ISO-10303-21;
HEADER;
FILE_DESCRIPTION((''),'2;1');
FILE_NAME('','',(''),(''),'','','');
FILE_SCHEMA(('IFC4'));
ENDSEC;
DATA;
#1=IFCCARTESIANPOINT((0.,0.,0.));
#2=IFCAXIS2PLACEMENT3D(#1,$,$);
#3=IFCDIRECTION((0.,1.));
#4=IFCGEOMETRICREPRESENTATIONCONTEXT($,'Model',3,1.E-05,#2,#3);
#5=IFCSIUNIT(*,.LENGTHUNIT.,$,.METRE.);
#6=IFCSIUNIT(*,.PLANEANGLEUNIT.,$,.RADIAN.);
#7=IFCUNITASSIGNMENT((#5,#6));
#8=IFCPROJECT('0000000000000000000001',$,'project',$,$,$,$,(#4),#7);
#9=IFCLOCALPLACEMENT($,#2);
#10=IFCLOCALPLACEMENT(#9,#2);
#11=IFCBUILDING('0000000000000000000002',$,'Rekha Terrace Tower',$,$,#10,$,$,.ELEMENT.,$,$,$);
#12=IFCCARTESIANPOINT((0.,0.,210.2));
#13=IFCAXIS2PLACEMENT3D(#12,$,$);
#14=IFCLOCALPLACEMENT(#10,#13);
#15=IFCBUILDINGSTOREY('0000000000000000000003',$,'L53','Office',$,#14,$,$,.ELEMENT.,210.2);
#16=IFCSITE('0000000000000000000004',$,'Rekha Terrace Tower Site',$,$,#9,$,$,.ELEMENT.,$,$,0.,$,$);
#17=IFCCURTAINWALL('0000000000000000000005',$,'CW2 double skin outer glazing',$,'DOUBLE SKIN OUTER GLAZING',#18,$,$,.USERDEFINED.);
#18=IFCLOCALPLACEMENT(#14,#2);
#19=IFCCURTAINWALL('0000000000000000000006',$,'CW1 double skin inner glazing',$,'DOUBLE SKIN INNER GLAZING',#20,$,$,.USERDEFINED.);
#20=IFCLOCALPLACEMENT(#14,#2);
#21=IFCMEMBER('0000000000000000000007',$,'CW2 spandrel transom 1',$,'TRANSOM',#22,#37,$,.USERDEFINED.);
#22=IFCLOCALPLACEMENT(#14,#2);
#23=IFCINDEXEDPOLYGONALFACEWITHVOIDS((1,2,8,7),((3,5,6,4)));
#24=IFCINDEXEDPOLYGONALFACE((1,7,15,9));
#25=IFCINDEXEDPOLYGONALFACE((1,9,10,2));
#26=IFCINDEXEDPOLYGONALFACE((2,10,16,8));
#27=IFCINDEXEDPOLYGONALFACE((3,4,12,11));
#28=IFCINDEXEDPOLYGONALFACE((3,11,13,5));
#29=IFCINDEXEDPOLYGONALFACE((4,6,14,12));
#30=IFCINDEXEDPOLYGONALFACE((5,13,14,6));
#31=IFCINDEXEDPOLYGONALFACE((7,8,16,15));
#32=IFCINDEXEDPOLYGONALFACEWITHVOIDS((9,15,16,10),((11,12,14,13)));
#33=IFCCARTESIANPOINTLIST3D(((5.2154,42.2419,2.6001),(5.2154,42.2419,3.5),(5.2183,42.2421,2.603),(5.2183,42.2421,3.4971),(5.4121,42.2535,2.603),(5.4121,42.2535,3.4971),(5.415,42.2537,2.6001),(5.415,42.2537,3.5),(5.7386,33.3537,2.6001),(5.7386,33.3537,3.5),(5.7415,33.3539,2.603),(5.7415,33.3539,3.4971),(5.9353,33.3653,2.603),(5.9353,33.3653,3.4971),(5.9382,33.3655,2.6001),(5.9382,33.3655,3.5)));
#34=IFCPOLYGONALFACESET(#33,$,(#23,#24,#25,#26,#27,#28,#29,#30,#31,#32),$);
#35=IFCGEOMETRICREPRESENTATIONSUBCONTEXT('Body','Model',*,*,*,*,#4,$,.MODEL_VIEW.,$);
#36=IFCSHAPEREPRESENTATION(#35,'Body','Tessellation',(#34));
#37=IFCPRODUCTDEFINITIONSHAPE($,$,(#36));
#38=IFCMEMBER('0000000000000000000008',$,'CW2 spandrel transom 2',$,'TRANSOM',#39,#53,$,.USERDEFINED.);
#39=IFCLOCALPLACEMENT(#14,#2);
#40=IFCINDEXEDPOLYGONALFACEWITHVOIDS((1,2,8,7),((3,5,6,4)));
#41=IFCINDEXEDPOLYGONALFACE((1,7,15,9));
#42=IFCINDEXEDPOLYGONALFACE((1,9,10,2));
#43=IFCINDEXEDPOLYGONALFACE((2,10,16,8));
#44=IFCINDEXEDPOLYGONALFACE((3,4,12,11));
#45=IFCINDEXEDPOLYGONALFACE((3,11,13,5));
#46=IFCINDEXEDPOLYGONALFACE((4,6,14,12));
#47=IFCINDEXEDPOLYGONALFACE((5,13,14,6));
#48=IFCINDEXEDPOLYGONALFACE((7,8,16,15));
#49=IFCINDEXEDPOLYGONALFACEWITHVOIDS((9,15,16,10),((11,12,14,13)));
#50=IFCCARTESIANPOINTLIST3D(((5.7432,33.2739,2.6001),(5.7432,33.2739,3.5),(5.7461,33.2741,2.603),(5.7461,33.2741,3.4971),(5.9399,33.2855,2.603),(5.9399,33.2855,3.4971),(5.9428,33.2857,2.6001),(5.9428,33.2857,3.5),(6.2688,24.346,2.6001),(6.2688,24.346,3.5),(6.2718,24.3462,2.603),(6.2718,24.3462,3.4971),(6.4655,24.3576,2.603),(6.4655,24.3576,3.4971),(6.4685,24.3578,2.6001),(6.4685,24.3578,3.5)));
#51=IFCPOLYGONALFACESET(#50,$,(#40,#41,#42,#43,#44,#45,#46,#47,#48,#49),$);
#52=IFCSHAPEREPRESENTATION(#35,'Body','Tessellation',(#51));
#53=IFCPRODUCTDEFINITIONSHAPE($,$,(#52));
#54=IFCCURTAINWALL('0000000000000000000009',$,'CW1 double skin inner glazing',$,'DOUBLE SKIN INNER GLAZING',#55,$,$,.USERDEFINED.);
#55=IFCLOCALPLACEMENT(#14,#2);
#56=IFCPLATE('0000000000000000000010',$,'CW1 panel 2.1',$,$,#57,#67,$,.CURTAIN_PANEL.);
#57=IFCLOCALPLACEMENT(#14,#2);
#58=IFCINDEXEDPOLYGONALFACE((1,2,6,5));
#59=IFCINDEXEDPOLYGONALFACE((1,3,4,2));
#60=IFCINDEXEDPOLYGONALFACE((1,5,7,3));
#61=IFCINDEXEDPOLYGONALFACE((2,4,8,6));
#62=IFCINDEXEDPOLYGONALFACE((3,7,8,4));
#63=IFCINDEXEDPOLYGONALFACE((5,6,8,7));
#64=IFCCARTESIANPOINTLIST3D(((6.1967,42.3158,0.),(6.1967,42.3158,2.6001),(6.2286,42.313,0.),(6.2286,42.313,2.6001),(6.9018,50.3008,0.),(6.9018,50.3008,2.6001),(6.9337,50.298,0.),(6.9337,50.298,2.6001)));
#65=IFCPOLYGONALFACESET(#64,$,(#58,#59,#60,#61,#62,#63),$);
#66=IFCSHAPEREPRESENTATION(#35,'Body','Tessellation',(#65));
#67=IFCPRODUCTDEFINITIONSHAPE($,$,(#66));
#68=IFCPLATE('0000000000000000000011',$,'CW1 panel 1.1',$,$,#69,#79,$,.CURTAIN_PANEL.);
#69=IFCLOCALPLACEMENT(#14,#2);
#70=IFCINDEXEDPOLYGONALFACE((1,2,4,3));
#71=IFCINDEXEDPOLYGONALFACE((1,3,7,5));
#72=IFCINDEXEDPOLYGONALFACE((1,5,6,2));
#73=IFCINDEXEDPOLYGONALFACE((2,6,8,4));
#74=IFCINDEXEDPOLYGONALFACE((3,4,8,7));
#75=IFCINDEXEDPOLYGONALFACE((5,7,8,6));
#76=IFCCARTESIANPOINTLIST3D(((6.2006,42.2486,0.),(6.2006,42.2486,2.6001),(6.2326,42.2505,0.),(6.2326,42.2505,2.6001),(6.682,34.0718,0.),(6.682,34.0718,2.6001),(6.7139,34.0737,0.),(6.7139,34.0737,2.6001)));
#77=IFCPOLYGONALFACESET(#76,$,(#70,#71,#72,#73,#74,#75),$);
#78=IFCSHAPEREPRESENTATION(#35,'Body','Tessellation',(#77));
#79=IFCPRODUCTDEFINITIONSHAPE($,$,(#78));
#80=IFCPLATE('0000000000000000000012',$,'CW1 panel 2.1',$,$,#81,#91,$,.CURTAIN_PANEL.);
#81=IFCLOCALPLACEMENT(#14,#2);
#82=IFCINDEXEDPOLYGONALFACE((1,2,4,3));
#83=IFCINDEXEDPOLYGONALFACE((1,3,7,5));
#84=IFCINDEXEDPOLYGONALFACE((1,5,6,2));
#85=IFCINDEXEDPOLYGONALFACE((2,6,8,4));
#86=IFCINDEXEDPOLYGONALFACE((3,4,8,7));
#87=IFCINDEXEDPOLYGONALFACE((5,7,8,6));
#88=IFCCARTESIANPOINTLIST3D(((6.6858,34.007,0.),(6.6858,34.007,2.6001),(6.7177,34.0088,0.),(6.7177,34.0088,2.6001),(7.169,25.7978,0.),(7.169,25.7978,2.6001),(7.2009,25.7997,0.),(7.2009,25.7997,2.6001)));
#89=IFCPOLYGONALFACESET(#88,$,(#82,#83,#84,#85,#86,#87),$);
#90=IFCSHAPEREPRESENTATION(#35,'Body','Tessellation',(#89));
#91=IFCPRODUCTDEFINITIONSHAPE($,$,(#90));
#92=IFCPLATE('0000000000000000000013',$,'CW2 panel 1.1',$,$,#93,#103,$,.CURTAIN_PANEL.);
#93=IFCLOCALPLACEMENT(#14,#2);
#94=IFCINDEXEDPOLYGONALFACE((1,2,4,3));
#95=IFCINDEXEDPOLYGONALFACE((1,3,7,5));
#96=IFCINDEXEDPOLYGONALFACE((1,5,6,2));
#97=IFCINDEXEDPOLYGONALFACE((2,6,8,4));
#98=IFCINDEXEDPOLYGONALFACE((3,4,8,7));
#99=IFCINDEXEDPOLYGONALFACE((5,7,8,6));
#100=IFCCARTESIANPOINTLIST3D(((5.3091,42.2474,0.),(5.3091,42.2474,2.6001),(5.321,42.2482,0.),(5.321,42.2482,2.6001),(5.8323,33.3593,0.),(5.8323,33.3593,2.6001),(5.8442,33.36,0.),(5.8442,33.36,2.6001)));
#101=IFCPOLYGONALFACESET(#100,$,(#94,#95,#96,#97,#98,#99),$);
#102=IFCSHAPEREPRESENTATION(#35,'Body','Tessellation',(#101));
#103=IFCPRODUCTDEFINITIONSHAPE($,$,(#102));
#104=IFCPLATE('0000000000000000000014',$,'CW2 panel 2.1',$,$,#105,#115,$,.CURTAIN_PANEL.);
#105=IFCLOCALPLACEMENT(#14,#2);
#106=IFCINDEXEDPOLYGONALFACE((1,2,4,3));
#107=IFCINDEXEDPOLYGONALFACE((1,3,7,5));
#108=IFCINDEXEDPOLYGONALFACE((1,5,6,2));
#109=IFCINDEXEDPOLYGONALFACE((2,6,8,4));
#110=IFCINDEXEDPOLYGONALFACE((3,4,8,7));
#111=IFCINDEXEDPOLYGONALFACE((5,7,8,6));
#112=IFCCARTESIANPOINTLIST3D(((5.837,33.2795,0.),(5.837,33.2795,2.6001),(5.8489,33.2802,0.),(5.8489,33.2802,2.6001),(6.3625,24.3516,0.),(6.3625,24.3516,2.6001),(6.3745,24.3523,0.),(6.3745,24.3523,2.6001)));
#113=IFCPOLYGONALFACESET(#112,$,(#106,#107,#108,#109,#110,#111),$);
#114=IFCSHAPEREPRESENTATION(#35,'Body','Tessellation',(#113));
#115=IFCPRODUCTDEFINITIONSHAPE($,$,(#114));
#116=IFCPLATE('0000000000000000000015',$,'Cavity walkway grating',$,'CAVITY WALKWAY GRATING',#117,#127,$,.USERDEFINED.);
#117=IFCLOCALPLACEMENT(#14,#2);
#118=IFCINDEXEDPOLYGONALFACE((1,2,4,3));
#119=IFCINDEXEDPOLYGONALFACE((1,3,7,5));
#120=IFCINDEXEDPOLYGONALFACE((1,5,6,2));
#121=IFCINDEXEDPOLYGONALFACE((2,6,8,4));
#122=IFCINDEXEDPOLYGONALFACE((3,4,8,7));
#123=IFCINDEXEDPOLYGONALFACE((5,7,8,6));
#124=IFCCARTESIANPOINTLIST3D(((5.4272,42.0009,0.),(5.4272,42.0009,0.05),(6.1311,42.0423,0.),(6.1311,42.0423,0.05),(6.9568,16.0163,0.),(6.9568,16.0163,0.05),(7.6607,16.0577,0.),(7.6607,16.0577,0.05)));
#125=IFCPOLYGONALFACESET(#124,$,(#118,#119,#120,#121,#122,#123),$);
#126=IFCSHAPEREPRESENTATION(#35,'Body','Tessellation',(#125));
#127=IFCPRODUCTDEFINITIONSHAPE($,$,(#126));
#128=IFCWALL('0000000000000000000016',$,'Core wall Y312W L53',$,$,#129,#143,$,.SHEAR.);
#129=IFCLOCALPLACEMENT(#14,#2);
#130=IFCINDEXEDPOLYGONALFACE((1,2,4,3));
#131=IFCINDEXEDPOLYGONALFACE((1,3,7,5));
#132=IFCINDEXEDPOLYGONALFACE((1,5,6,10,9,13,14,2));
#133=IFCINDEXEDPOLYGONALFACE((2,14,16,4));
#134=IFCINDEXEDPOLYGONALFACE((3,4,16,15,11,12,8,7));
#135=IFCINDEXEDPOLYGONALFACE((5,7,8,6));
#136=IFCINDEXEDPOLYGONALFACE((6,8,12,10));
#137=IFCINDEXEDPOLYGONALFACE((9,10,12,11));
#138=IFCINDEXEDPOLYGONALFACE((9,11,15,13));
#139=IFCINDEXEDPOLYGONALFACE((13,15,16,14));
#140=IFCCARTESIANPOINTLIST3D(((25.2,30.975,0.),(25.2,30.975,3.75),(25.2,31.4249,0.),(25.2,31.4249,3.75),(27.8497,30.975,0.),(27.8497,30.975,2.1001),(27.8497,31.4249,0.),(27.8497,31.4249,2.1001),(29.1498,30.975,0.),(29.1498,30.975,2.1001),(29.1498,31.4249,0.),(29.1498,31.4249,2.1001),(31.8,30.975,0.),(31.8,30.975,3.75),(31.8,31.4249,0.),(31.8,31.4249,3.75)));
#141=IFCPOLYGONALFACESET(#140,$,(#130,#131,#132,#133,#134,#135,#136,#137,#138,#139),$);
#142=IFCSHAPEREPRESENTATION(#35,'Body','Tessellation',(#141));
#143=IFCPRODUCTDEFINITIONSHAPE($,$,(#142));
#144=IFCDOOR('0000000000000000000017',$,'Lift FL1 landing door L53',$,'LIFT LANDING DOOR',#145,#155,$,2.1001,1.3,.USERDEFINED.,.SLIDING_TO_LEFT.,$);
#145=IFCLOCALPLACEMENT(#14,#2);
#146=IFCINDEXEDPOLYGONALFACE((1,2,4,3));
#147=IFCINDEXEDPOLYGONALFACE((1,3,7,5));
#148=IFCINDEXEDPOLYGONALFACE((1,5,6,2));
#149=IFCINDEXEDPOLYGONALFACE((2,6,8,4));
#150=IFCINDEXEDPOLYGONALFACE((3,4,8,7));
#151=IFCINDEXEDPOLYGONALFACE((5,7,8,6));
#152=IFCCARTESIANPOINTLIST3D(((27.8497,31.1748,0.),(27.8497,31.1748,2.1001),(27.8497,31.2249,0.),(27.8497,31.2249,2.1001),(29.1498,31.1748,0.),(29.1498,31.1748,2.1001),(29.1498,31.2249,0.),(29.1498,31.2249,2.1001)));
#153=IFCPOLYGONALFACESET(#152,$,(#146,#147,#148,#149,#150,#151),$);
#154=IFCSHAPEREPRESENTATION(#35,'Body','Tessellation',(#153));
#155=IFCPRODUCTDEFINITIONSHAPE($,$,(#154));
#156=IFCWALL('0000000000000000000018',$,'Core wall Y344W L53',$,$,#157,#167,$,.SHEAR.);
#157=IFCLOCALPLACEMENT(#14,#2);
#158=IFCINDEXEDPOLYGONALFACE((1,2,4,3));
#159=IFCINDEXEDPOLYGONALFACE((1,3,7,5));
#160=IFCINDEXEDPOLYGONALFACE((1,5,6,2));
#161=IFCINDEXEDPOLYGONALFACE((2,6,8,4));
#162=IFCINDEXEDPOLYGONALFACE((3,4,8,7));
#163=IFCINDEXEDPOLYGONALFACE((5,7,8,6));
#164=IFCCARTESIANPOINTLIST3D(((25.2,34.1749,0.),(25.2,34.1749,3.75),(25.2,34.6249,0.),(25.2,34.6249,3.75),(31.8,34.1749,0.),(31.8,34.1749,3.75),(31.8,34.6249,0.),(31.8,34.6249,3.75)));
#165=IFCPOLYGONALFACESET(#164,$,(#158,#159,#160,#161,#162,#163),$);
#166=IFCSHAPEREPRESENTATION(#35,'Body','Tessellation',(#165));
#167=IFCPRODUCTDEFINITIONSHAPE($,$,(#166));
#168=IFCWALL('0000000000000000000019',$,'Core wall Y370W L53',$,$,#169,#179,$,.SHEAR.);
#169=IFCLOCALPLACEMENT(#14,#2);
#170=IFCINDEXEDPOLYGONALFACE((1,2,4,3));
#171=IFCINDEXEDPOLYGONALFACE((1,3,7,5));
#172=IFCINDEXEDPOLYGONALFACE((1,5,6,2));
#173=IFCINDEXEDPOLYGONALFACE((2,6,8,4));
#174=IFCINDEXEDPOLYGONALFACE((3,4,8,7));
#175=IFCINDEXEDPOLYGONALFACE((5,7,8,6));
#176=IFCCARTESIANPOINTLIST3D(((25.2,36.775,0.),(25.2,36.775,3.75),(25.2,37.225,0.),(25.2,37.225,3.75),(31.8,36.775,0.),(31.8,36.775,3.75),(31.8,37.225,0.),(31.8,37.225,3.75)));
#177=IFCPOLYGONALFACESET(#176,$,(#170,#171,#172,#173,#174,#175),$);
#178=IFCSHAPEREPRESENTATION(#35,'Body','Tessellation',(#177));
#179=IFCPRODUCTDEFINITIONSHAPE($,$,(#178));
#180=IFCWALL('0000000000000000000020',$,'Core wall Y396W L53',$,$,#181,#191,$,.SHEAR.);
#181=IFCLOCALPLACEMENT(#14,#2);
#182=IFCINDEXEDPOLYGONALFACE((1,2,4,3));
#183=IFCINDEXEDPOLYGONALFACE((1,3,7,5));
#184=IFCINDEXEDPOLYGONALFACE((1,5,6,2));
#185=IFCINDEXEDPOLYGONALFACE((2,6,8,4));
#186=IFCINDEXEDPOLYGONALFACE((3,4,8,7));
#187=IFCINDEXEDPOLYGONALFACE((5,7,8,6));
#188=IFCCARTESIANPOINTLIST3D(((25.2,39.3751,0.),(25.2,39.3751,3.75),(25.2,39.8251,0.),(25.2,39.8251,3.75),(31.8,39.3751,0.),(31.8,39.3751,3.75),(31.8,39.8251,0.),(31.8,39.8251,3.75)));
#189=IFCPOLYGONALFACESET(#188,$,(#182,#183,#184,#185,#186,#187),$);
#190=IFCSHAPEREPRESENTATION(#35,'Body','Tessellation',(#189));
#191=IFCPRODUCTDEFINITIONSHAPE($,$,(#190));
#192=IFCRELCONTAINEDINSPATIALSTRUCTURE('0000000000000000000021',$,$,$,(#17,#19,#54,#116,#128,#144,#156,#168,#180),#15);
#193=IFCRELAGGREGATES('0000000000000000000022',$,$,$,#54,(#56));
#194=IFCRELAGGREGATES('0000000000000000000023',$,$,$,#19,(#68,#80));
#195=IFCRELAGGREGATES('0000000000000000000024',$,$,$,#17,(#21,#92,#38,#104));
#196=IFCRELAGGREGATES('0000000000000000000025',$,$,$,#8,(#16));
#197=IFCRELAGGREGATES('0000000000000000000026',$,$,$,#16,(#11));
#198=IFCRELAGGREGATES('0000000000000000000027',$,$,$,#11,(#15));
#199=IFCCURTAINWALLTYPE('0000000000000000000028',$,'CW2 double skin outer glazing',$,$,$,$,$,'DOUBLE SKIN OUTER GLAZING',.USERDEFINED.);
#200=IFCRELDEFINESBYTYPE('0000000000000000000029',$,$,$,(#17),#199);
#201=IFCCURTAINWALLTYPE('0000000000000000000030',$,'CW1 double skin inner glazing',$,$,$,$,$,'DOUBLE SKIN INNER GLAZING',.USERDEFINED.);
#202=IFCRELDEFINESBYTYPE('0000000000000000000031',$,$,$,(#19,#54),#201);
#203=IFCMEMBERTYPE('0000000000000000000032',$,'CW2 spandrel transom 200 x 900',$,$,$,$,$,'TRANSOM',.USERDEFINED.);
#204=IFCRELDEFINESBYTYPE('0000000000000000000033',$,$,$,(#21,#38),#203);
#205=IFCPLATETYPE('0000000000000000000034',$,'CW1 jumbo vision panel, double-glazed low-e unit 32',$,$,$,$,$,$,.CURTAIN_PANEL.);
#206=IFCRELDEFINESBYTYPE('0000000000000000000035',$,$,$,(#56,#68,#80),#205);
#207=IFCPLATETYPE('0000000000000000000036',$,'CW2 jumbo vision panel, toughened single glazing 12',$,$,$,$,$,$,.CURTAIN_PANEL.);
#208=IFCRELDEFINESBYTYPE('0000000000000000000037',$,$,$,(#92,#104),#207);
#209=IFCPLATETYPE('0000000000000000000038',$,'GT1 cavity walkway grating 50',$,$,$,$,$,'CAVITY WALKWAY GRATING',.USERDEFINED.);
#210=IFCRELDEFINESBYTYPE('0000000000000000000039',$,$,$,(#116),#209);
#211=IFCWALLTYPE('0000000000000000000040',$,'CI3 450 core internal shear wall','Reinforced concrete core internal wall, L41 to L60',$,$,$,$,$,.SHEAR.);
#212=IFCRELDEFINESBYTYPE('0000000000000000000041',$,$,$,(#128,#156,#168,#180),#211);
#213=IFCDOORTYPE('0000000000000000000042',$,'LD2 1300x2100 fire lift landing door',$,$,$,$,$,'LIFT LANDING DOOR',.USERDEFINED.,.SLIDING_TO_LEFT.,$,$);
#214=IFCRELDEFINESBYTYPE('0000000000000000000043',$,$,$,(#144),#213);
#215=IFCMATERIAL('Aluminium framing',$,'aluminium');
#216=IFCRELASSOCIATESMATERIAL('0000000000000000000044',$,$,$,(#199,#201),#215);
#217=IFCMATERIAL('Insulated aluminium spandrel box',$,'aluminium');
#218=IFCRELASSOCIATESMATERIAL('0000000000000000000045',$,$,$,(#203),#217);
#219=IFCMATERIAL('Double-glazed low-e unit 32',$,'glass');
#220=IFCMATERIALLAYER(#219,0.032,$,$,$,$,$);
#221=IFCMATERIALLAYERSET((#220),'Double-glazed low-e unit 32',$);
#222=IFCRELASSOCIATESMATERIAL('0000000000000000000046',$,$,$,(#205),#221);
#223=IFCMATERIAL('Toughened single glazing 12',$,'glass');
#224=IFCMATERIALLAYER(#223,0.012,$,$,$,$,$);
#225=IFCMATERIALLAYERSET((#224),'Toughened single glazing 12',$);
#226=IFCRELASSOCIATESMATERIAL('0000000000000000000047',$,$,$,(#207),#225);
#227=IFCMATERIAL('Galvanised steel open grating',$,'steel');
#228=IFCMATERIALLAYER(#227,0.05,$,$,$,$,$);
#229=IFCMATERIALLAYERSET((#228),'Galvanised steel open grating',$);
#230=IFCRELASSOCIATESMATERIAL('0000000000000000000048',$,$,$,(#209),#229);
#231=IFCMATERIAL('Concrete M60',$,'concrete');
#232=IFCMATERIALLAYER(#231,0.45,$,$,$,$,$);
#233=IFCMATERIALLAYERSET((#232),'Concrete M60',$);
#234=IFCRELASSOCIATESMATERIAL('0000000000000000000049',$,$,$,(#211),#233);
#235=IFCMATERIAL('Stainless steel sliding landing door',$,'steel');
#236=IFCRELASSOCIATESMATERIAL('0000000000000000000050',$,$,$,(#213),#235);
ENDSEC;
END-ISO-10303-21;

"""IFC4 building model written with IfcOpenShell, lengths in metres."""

from ifc_helpers import new_model, si_unit, direction, frame, frame_2d, origin, origin_2d, place, context, subcontext, project, spatial, rectangle, hollow_rectangle, extrude, material, layer, layer_set, material_profile, profile_set, type_object, element, fill, aggregate, save


model = new_model("IFC4")

# Units and contexts
model_context = context("Model", 3, precision=1e-05, world=origin(), true_north=direction((0.0, 1.0)))
body_context = subcontext(model_context, "Body", "Model", "MODEL_VIEW")
ifc_project = project(units=[si_unit("LENGTHUNIT", "METRE"), si_unit("PLANEANGLEUNIT", "RADIAN")], contexts=[model_context])

# Site, building, storey
site_placement = place(None, origin())
site = spatial("IfcSite", under=ifc_project, at=site_placement, Name="Rekha Terrace Tower Site", CompositionType="ELEMENT", RefElevation=0.0)
building_placement = place(site_placement, origin())
building = spatial("IfcBuilding", under=site, at=building_placement, Name="Rekha Terrace Tower", CompositionType="ELEMENT")
storey_placement = place(building_placement, frame((0.0, 0.0, 210.2)))
storey = spatial("IfcBuildingStorey", under=building, at=storey_placement, Name="L53", Description="Office", CompositionType="ELEMENT", Elevation=210.2)

# Curtain wall
ifc_material_1 = material(Name="Aluminium framing", Category="aluminium")
curtain_wall_type_1 = type_object("IfcCurtainWallType", Name="CW2 double skin outer glazing", ElementType="DOUBLE SKIN OUTER GLAZING", PredefinedType="USERDEFINED", material=ifc_material_1)
curtain_wall_1_placement = place(storey_placement, origin())
curtain_wall_1 = element("IfcCurtainWall", 1, at=curtain_wall_1_placement, inside=storey, type_object=curtain_wall_type_1, Name="CW2 double skin outer glazing", ObjectType="DOUBLE SKIN OUTER GLAZING", PredefinedType="USERDEFINED")

# Curtain wall
curtain_wall_type_2 = type_object("IfcCurtainWallType", Name="CW1 double skin inner glazing", ElementType="DOUBLE SKIN INNER GLAZING", PredefinedType="USERDEFINED", material=ifc_material_1)
curtain_wall_2_placement = place(storey_placement, origin())
curtain_wall_2 = element("IfcCurtainWall", 2, at=curtain_wall_2_placement, inside=storey, type_object=curtain_wall_type_2, Name="CW1 double skin inner glazing", ObjectType="DOUBLE SKIN INNER GLAZING", PredefinedType="USERDEFINED")
ifc_material_2 = material(Name="Insulated aluminium spandrel box", Category="aluminium")

# Members
ifc_material_profile_1 = material_profile(ifc_material_2, hollow_rectangle(XDim=0.2, YDim=0.8999, WallThickness=0.0029, at=origin_2d()), Name="AL SPANDREL BOX 200x900")
ifc_profile_set_1 = profile_set([ifc_material_profile_1], Name="Insulated aluminium spandrel box")
member_type_1 = type_object("IfcMemberType", Name="CW2 spandrel transom 200 x 900", ElementType="TRANSOM", PredefinedType="USERDEFINED", material=ifc_profile_set_1)
member_1_placement = place(storey_placement, frame((5.3152, 42.2478, 3.05), z_axis=(0.058762, -0.998272, 0.0), x_axis=(0.998272, 0.058762, 0.0)))
member_1 = element("IfcMember", 3, at=member_1_placement, type_object=member_type_1, Name="CW2 spandrel transom 1", ObjectType="TRANSOM", PredefinedType="USERDEFINED", context=body_context, shape_type="SweptSolid", body=[
    extrude(hollow_rectangle(XDim=0.2, YDim=0.8999, WallThickness=0.0029, at=origin_2d()), origin(), (0.0, 0.0, 1.0), 8.9036),
])
member_2_placement = place(storey_placement, frame((5.843, 33.2798, 3.05), z_axis=(0.058773, -0.998271, 0.0), x_axis=(0.998271, 0.058773, 0.0)))
member_2 = element("IfcMember", 4, at=member_2_placement, type_object=member_type_1, Name="CW2 spandrel transom 2", ObjectType="TRANSOM", PredefinedType="USERDEFINED", context=body_context, shape_type="SweptSolid", body=[
    extrude(hollow_rectangle(XDim=0.2, YDim=0.8999, WallThickness=0.0029, at=origin_2d()), origin(), (0.0, 0.0, 1.0), 8.9434),
])

# Curtain wall, plate
curtain_wall_3_placement = place(storey_placement, origin())
curtain_wall_3 = element("IfcCurtainWall", 5, at=curtain_wall_3_placement, inside=storey, type_object=curtain_wall_type_2, Name="CW1 double skin inner glazing", ObjectType="DOUBLE SKIN INNER GLAZING", PredefinedType="USERDEFINED")
ifc_material_3 = material(Name="Double-glazed low-e unit 32", Category="glass")
ifc_layer_1 = layer(ifc_material_3, 0.032)
ifc_layer_set_1 = layer_set([ifc_layer_1], Name="Double-glazed low-e unit 32")
plate_type_1 = type_object("IfcPlateType", Name="CW1 jumbo vision panel, double-glazed low-e unit 32", PredefinedType="CURTAIN_PANEL", material=ifc_layer_set_1)
plate_1_placement = place(storey_placement, frame((6.5652, 46.3069, 0.0), z_axis=(0.0, 0.0, 1.0), x_axis=(-0.087958, -0.996124, 0.0)))
plate_1 = element("IfcPlate", 6, at=plate_1_placement, type_object=plate_type_1, Name="CW1 panel 2.1", PredefinedType="CURTAIN_PANEL", context=body_context, shape_type="SweptSolid", body=[
    extrude(rectangle(XDim=8.0161, YDim=0.032, at=origin_2d()), origin(), (0.0, 0.0, 1.0), 2.6001),
])
aggregate(curtain_wall_3, [plate_1])

# Plates
plate_2_placement = place(storey_placement, frame((6.4573, 38.1611, 0.0), z_axis=(0.0, 0.0, 1.0), x_axis=(0.058765, -0.998272, 0.0)))
plate_2 = element("IfcPlate", 7, at=plate_2_placement, type_object=plate_type_1, Name="CW1 panel 1.1", PredefinedType="CURTAIN_PANEL", context=body_context, shape_type="SweptSolid", body=[
    extrude(rectangle(XDim=8.1909, YDim=0.032, at=origin_2d()), origin(), (0.0, 0.0, 1.0), 2.6001),
])
plate_3_placement = place(storey_placement, frame((6.9434, 29.9033, 0.0), z_axis=(0.0, 0.0, 1.0), x_axis=(0.058765, -0.998272, 0.0)))
plate_3 = element("IfcPlate", 8, at=plate_3_placement, type_object=plate_type_1, Name="CW1 panel 2.1", PredefinedType="CURTAIN_PANEL", context=body_context, shape_type="SweptSolid", body=[
    extrude(rectangle(XDim=8.2234, YDim=0.032, at=origin_2d()), origin(), (0.0, 0.0, 1.0), 2.6001),
])
aggregate(curtain_wall_2, [plate_2, plate_3])
ifc_material_4 = material(Name="Toughened single glazing 12", Category="glass")
ifc_layer_2 = layer(ifc_material_4, 0.012)
ifc_layer_set_2 = layer_set([ifc_layer_2], Name="Toughened single glazing 12")
plate_type_2 = type_object("IfcPlateType", Name="CW2 jumbo vision panel, toughened single glazing 12", PredefinedType="CURTAIN_PANEL", material=ifc_layer_set_2)
plate_4_placement = place(storey_placement, frame((5.5767, 37.8037, 0.0), z_axis=(0.0, 0.0, 1.0), x_axis=(0.058765, -0.998272, 0.0)))
plate_4 = element("IfcPlate", 9, at=plate_4_placement, type_object=plate_type_2, Name="CW2 panel 1.1", PredefinedType="CURTAIN_PANEL", context=body_context, shape_type="SweptSolid", body=[
    extrude(rectangle(XDim=8.9036, YDim=0.012, at=origin_2d()), origin(), (0.0, 0.0, 1.0), 2.6001),
])
plate_5_placement = place(storey_placement, frame((6.1057, 28.8159, 0.0), z_axis=(0.0, 0.0, 1.0), x_axis=(0.058765, -0.998272, 0.0)))
plate_5 = element("IfcPlate", 10, at=plate_5_placement, type_object=plate_type_2, Name="CW2 panel 2.1", PredefinedType="CURTAIN_PANEL", context=body_context, shape_type="SweptSolid", body=[
    extrude(rectangle(XDim=8.9434, YDim=0.012, at=origin_2d()), origin(), (0.0, 0.0, 1.0), 2.6001),
])
aggregate(curtain_wall_1, [member_1, plate_4, member_2, plate_5])
ifc_material_5 = material(Name="Galvanised steel open grating", Category="steel")
ifc_layer_3 = layer(ifc_material_5, 0.05)
ifc_layer_set_3 = layer_set([ifc_layer_3], Name="Galvanised steel open grating")
plate_type_3 = type_object("IfcPlateType", Name="GT1 cavity walkway grating 50", ElementType="CAVITY WALKWAY GRATING", PredefinedType="USERDEFINED", material=ifc_layer_set_3)
plate_6_placement = place(storey_placement, frame((6.5439, 29.0293, 0.0), z_axis=(0.0, 0.0, 1.0), x_axis=(0.058765, -0.998272, 0.0)))
element("IfcPlate", 11, at=plate_6_placement, inside=storey, type_object=plate_type_3, Name="Cavity walkway grating", ObjectType="CAVITY WALKWAY GRATING", PredefinedType="USERDEFINED", context=body_context, shape_type="SweptSolid", body=[
    extrude(rectangle(XDim=26.0295, YDim=0.7051, at=origin_2d()), origin(), (0.0, 0.0, 1.0), 0.05),
])

# Wall, opening, door
ifc_material_6 = material(Name="Concrete M60", Category="concrete")
ifc_layer_4 = layer(ifc_material_6, 0.45)
ifc_layer_set_4 = layer_set([ifc_layer_4], Name="Concrete M60")
wall_type_1 = type_object("IfcWallType", Name="CI3 450 core internal shear wall", Description="Reinforced concrete core internal wall, L41 to L60", PredefinedType="SHEAR", material=ifc_layer_set_4)
wall_1_placement = place(storey_placement, frame((25.2, 31.2, 0.0), z_axis=(0.0, 0.0, 1.0), x_axis=(1.0, 0.0, 0.0)))
wall_1 = element("IfcWall", 12, at=wall_1_placement, inside=storey, type_object=wall_type_1, Name="Core wall Y312W L53", PredefinedType="SHEAR", context=body_context, shape_type="SweptSolid", body=[
    extrude(rectangle(XDim=6.6001, YDim=0.45, at=frame_2d((3.3, 0.0))), origin(), (0.0, 0.0, 1.0), 3.75),
])
opening_placement = place(wall_1_placement, frame((2.6499, 0.0, 0.0)))
opening = element("IfcOpeningElement", 13, at=opening_placement, cuts=wall_1, PredefinedType="OPENING", context=body_context, shape_type="SweptSolid", body=[
    extrude(rectangle(XDim=1.3, YDim=2.1001, at=frame_2d((0.6499, 1.05))), frame((0.0, 0.2349, 0.0), z_axis=(0.0, -1.0, 0.0), x_axis=(1.0, 0.0, 0.0)), (0.0, 0.0, 1.0), 0.47),
])
ifc_material_7 = material(Name="Stainless steel sliding landing door", Category="steel")
door_type = type_object("IfcDoorType", Name="LD2 1300x2100 fire lift landing door", ElementType="LIFT LANDING DOOR", OperationType="SLIDING_TO_LEFT", PredefinedType="USERDEFINED", material=ifc_material_7)
door_placement = place(opening_placement, origin())
door = element("IfcDoor", 14, at=door_placement, inside=storey, type_object=door_type, Name="Lift FL1 landing door L53", ObjectType="LIFT LANDING DOOR", OperationType="SLIDING_TO_LEFT", OverallHeight=2.1001, OverallWidth=1.3, PredefinedType="USERDEFINED", context=body_context, shape_type="SweptSolid", body=[
    extrude(rectangle(XDim=1.3, YDim=2.1001, at=frame_2d((0.6499, 1.05))), frame((0.0, 0.0249, 0.0), z_axis=(0.0, -1.0, 0.0), x_axis=(1.0, 0.0, 0.0)), (0.0, 0.0, 1.0), 0.05),
])
fill(opening, door)

# Walls
for number, where, z_axis, x_axis, name in (
    (15, (25.2, 34.3999, 0.0), (0.0, 0.0, 1.0), (1.0, 0.0, 0.0), "Core wall Y344W L53"),
    (16, (25.2, 37.0, 0.0), (0.0, 0.0, 1.0), (1.0, 0.0, 0.0), "Core wall Y370W L53"),
    (17, (25.2, 39.6001, 0.0), (0.0, 0.0, 1.0), (1.0, 0.0, 0.0), "Core wall Y396W L53"),
):
    element("IfcWall", number, at=place(storey_placement, frame(where, z_axis=z_axis, x_axis=x_axis)), inside=storey, type_object=wall_type_1, Name=name, PredefinedType="SHEAR", context=body_context, shape_type="SweptSolid", body=[
        extrude(rectangle(XDim=6.6001, YDim=0.45, at=frame_2d((3.3, 0.0))), origin(), (0.0, 0.0, 1.0), 3.75),
    ])

save(model, "model.ifc")
